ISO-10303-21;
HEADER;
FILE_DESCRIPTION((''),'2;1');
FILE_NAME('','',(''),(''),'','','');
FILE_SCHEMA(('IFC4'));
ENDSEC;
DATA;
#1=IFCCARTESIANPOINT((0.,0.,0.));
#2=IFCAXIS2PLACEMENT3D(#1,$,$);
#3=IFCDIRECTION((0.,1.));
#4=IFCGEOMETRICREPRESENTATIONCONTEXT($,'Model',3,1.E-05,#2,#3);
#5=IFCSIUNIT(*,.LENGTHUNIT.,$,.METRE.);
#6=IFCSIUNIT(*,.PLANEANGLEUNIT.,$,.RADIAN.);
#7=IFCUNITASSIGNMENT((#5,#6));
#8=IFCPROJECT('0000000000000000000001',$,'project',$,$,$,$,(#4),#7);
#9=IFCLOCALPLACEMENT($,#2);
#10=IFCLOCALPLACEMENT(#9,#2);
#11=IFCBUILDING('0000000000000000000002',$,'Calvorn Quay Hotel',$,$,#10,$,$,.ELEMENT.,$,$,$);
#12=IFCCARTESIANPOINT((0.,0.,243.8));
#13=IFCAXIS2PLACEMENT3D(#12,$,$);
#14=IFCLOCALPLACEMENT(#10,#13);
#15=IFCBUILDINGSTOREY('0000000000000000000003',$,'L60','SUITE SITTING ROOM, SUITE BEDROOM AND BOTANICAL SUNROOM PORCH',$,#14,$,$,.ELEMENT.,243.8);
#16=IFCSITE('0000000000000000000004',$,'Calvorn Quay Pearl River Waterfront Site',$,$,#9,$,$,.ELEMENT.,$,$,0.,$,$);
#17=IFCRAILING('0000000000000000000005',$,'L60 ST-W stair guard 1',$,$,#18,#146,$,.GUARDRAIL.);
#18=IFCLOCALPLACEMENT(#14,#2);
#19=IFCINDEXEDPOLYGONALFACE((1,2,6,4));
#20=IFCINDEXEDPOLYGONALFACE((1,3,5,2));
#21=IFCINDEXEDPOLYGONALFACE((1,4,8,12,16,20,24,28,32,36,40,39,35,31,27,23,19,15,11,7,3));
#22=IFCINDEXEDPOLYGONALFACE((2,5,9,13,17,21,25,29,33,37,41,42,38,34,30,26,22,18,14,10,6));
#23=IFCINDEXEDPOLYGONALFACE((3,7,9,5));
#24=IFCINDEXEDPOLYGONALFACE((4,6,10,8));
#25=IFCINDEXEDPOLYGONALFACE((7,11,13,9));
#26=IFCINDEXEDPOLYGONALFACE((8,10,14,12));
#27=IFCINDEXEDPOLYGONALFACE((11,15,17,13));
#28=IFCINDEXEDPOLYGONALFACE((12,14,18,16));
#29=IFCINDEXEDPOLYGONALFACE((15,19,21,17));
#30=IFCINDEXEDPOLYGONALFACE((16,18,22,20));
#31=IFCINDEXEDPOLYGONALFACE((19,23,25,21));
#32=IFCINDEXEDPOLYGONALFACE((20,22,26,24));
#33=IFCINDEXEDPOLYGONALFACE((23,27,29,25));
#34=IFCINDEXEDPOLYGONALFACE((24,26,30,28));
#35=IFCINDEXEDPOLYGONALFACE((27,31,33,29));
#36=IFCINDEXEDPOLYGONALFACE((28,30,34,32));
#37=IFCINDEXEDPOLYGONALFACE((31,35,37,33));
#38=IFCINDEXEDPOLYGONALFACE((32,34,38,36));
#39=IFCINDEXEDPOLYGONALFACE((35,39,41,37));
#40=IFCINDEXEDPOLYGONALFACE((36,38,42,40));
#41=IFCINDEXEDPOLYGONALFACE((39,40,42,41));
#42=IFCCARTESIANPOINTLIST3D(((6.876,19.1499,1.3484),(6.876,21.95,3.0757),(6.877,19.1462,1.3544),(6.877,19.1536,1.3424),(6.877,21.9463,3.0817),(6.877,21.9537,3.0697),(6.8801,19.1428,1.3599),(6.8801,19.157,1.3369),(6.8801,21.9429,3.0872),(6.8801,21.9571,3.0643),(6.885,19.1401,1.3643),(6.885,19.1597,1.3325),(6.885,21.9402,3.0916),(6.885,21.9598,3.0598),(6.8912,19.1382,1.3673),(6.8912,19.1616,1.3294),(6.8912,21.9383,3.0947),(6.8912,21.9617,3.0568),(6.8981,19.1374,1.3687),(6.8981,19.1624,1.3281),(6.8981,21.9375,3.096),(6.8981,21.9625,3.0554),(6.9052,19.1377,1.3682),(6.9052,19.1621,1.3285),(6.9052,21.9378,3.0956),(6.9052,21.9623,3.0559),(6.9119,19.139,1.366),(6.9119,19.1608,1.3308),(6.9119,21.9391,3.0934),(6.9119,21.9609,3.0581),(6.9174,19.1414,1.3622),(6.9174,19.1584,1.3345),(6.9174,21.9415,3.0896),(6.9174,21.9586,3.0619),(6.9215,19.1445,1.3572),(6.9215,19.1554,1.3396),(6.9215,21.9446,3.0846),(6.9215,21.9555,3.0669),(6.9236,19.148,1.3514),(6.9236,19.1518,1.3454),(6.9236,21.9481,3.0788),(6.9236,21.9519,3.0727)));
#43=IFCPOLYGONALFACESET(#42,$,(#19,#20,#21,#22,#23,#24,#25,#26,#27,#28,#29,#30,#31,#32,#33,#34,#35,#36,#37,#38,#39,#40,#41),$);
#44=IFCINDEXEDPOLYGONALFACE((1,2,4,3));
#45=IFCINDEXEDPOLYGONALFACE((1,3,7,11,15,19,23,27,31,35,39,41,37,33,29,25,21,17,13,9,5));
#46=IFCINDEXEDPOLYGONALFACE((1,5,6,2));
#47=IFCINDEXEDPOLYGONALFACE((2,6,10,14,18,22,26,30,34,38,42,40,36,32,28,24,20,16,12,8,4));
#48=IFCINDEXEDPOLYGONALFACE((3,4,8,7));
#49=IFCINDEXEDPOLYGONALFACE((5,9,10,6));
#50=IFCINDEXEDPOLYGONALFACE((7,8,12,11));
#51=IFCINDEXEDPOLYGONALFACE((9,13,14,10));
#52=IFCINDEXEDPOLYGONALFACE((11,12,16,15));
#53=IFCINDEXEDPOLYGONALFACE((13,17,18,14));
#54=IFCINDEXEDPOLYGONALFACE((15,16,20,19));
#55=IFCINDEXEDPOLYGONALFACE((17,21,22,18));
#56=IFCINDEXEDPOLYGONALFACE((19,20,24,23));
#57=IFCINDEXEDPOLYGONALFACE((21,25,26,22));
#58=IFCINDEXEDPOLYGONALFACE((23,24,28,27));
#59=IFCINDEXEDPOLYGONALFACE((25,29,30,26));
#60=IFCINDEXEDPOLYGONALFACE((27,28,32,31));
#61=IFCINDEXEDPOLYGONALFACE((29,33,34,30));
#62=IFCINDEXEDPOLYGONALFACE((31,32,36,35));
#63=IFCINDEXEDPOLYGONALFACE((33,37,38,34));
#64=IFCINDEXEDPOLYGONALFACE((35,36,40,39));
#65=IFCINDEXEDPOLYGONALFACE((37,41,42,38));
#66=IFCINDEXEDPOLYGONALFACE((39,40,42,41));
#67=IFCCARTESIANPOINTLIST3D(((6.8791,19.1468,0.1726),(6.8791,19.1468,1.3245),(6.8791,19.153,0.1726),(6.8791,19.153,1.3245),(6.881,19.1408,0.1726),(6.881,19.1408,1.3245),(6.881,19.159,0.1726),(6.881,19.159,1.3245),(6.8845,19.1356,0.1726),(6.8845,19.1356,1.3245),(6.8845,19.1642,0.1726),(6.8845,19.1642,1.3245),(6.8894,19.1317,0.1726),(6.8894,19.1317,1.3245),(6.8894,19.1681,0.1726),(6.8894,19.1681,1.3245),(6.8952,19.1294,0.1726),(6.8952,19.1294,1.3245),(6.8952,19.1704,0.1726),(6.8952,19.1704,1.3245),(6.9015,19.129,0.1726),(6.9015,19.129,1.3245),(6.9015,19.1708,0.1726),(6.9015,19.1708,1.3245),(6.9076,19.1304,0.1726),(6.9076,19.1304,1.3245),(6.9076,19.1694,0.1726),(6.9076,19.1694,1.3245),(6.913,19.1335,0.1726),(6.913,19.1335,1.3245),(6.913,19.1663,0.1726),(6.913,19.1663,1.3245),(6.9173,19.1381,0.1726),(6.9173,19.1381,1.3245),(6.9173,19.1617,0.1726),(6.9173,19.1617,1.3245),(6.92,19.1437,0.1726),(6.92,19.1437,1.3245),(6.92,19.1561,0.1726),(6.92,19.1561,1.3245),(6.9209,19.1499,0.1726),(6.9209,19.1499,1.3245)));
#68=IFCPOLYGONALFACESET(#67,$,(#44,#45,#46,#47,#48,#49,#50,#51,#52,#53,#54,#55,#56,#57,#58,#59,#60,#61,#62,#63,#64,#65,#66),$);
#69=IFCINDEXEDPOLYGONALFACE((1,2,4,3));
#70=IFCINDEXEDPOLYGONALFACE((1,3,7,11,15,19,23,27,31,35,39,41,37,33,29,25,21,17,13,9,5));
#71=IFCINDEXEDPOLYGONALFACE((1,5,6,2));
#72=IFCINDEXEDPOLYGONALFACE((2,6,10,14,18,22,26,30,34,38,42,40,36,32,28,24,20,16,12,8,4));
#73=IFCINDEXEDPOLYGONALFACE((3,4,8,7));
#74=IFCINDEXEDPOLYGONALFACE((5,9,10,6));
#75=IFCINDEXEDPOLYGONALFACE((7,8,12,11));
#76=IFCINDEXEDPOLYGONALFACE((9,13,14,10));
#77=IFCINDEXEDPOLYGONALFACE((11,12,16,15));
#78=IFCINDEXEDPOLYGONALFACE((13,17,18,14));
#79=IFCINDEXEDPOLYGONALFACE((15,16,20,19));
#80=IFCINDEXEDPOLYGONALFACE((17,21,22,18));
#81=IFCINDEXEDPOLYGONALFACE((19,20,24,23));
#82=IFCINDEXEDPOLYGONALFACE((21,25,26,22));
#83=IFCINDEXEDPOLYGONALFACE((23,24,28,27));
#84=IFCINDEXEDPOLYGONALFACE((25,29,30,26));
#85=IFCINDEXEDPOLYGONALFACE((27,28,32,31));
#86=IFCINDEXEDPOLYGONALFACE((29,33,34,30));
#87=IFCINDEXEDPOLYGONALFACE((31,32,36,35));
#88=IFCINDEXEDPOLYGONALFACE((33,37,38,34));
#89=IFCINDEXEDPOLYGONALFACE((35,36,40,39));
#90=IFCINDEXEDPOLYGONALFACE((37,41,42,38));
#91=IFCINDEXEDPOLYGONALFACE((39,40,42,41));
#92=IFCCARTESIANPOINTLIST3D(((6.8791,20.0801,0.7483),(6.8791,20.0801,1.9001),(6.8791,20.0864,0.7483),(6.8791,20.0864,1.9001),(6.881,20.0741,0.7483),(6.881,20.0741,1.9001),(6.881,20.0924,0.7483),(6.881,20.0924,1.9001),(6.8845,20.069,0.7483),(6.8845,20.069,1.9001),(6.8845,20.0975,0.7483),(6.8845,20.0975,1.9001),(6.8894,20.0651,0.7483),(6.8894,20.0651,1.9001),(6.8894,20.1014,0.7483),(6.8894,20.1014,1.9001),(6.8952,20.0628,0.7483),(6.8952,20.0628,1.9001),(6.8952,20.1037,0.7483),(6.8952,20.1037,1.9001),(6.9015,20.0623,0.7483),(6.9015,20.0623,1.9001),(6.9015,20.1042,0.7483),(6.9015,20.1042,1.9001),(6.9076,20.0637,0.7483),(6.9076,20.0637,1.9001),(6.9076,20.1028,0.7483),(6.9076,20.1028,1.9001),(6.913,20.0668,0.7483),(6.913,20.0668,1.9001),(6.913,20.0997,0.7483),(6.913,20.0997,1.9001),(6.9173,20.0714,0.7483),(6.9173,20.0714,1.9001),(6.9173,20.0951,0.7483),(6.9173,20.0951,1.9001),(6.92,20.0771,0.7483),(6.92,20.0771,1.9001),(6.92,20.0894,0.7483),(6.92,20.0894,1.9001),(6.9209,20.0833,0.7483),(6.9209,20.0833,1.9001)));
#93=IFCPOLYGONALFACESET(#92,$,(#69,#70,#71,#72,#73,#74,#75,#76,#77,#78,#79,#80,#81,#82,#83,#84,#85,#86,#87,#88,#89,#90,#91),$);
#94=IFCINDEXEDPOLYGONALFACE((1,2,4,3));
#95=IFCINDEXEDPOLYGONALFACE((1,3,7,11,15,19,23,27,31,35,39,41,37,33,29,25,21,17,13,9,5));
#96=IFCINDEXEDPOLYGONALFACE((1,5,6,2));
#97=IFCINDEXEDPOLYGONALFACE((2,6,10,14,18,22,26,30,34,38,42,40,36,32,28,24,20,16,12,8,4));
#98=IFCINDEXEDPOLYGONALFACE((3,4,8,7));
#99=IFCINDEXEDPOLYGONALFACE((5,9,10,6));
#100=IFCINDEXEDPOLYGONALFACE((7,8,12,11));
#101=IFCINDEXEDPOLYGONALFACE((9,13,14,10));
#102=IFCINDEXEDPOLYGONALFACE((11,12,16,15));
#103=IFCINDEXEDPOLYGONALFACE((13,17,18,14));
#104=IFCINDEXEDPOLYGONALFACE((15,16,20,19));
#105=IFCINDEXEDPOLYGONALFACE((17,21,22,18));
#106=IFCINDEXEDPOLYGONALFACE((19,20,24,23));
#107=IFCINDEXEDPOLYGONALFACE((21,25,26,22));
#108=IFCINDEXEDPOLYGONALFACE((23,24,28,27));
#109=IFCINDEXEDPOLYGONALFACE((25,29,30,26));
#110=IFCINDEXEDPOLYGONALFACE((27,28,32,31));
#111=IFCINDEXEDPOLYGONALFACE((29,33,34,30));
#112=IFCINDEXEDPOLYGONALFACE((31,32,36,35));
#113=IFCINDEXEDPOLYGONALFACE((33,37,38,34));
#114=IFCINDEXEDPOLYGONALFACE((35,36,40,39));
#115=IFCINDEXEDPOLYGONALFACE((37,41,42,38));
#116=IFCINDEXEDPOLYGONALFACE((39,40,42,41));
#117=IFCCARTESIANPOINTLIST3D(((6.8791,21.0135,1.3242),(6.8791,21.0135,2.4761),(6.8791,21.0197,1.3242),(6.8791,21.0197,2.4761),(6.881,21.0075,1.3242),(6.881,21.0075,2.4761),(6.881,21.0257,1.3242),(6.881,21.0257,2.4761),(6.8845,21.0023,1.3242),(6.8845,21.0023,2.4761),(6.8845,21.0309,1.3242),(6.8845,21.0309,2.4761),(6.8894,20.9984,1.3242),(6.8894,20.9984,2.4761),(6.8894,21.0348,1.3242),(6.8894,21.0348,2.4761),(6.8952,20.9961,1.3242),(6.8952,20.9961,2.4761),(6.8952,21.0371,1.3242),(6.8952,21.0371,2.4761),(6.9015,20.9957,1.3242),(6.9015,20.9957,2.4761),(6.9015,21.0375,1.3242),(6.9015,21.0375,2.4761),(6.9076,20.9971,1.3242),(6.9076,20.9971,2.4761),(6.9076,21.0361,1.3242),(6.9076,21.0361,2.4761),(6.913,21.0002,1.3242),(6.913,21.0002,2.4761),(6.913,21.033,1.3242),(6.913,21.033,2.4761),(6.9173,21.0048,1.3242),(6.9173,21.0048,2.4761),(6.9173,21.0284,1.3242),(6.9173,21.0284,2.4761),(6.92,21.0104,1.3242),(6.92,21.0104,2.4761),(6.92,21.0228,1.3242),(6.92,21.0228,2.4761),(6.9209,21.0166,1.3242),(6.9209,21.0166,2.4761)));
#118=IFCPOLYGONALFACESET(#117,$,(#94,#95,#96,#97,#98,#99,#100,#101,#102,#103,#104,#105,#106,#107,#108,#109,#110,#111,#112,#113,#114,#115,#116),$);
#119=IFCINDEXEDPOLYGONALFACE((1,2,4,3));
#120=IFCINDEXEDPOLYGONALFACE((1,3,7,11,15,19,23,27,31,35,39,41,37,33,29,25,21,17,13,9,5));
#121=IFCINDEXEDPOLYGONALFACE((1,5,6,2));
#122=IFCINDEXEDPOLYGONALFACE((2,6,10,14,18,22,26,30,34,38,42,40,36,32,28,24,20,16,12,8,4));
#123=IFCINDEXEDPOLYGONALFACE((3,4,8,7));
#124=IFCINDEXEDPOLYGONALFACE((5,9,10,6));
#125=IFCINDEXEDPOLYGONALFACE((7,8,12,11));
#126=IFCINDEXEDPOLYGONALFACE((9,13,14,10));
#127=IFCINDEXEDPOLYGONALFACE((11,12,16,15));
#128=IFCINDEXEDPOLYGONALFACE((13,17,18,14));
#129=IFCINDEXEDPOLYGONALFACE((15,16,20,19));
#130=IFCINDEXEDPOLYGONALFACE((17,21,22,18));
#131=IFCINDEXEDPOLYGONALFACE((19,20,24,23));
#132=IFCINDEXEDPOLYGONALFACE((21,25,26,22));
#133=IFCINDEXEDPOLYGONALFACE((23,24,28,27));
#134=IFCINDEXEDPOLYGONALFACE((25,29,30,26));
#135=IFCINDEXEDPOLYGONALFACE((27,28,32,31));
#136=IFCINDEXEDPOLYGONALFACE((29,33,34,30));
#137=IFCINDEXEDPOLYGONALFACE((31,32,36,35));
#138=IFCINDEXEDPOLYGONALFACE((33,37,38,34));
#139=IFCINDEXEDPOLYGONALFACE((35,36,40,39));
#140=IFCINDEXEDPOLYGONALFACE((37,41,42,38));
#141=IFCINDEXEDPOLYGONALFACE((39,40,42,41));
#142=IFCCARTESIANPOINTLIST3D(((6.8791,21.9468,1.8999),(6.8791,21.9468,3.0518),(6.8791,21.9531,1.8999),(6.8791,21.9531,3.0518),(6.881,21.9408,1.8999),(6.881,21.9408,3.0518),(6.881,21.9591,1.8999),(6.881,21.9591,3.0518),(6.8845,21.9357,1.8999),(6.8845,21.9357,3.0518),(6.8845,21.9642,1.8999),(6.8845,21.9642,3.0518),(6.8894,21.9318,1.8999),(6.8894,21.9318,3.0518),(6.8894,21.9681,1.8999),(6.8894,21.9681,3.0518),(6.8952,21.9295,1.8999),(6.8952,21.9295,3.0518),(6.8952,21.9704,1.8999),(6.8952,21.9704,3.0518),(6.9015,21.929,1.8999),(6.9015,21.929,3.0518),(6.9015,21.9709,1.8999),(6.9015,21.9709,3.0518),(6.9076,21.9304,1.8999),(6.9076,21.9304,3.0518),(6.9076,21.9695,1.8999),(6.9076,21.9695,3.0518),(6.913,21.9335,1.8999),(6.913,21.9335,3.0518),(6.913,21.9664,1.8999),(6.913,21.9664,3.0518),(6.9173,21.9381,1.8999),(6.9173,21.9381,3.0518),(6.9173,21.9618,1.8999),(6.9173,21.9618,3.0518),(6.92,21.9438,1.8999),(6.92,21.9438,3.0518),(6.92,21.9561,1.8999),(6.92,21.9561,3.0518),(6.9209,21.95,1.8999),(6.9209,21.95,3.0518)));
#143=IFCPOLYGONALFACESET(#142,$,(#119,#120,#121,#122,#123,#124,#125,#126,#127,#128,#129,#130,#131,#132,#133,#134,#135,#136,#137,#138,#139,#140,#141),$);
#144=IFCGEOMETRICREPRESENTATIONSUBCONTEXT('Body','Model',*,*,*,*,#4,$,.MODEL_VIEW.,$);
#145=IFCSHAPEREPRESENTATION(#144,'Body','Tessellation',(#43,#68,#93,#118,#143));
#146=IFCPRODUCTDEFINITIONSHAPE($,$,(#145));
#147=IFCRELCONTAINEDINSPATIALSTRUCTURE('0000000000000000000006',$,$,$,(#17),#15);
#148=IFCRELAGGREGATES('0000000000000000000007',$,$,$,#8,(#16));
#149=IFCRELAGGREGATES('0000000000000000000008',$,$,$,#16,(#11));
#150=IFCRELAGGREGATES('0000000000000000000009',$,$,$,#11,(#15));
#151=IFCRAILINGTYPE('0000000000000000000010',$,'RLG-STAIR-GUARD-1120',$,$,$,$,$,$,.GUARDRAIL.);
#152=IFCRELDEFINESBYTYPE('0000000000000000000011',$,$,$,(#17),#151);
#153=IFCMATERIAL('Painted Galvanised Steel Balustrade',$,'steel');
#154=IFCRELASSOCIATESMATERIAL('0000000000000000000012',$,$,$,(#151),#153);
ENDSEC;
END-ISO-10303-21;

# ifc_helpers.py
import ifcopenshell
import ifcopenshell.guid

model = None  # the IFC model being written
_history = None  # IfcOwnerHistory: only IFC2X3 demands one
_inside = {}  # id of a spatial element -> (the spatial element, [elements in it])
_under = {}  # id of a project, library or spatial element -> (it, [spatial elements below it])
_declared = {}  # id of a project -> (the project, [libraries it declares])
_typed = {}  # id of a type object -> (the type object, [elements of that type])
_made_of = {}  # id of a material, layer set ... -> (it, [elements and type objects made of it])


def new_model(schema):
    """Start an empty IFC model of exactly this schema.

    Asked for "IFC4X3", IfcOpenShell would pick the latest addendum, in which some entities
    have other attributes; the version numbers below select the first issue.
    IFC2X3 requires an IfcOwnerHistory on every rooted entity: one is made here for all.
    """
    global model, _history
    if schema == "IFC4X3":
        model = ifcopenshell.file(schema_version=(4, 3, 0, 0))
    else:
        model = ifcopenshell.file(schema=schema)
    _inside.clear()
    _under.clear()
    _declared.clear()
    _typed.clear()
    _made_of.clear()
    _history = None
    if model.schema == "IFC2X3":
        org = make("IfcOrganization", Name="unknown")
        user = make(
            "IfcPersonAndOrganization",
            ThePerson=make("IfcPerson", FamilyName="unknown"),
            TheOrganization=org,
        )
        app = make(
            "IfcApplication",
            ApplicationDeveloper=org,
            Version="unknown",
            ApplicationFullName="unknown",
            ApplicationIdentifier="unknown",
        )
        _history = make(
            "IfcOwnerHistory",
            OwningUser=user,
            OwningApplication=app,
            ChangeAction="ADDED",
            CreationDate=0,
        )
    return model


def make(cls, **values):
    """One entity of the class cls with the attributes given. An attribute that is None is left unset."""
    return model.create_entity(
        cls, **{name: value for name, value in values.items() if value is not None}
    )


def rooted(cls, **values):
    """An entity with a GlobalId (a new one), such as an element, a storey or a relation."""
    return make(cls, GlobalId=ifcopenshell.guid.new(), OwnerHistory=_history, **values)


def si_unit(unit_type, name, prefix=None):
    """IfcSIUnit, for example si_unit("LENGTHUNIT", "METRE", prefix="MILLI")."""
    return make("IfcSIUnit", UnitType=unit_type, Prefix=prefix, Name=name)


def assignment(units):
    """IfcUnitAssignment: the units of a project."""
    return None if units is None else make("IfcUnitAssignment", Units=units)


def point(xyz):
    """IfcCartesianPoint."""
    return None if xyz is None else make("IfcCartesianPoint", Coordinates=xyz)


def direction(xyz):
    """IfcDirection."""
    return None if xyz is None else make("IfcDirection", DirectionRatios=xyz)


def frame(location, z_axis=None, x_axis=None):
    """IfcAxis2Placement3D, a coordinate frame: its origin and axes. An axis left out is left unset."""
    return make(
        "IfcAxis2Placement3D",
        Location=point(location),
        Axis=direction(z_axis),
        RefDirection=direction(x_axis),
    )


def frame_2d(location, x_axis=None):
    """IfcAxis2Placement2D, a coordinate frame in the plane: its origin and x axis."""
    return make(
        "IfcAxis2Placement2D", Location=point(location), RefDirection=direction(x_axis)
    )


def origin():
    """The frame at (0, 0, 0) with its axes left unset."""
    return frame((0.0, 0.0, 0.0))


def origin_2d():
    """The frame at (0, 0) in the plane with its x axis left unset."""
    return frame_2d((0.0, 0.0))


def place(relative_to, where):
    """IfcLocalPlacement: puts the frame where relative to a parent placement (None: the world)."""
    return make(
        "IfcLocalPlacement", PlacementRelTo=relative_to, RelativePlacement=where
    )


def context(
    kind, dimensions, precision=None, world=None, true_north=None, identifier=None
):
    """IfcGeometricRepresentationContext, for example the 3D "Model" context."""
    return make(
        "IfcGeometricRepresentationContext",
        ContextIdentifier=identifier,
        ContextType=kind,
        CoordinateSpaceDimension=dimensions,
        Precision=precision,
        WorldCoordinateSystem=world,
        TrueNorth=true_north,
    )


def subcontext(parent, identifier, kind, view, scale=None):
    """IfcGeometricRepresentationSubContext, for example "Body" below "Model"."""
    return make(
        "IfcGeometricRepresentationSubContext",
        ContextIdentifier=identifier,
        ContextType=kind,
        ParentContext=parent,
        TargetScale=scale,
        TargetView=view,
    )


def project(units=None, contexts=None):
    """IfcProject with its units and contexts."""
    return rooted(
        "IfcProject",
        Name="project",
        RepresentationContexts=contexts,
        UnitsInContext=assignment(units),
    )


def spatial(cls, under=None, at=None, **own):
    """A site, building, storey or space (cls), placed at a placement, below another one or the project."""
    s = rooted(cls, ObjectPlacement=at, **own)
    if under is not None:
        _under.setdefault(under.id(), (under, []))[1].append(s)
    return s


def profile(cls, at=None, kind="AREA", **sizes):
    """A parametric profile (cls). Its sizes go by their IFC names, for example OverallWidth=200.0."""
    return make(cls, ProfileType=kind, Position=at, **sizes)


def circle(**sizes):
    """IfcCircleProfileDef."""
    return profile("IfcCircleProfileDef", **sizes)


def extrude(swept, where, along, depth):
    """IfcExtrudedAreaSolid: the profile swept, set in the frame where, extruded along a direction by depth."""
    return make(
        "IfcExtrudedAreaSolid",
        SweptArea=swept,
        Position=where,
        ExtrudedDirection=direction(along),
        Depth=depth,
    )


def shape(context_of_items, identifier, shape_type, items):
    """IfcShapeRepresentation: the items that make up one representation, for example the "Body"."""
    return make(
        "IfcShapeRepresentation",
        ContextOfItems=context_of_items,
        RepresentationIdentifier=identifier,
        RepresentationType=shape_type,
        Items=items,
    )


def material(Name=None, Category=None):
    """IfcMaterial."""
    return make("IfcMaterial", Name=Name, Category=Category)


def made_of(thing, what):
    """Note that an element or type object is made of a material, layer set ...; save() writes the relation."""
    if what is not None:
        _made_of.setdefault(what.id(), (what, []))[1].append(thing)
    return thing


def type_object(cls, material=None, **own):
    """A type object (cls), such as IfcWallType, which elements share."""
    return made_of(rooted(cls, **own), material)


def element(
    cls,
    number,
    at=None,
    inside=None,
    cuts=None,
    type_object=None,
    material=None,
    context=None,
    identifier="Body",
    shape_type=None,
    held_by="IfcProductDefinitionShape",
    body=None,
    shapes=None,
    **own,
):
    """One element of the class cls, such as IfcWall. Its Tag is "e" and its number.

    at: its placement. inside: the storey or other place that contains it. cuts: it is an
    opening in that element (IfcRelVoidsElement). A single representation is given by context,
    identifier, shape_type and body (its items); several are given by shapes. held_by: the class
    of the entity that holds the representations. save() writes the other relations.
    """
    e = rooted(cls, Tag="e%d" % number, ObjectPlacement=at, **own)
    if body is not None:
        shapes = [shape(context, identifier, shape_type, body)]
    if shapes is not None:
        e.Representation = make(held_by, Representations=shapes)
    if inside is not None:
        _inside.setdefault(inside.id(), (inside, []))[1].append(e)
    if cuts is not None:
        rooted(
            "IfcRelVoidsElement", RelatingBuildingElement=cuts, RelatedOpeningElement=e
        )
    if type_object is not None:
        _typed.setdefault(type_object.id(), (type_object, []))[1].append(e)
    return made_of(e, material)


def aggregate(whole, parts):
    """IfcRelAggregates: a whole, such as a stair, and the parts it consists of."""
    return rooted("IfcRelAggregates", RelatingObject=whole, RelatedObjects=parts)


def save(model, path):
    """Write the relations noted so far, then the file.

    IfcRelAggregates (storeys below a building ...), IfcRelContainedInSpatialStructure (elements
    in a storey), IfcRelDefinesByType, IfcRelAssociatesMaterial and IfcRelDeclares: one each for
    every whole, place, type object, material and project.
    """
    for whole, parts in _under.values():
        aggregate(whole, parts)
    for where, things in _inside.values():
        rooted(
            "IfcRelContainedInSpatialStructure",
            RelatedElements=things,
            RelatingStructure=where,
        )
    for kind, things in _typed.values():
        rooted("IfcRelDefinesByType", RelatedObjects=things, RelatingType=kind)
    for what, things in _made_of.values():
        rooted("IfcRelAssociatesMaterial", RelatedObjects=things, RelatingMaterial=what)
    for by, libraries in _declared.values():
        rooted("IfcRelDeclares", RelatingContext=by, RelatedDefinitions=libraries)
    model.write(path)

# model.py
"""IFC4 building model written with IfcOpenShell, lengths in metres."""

from ifc_helpers import new_model, si_unit, direction, frame, origin, origin_2d, place, context, subcontext, project, spatial, circle, extrude, material, type_object, element, save


model = new_model("IFC4")

# Units and contexts
model_context = context("Model", 3, precision=1e-05, world=origin(), true_north=direction((0.0, 1.0)))
body_context = subcontext(model_context, "Body", "Model", "MODEL_VIEW")
ifc_project = project(units=[si_unit("LENGTHUNIT", "METRE"), si_unit("PLANEANGLEUNIT", "RADIAN")], contexts=[model_context])

# Site, building, storey
site_placement = place(None, origin())
site = spatial("IfcSite", under=ifc_project, at=site_placement, Name="Calvorn Quay Pearl River Waterfront Site", CompositionType="ELEMENT", RefElevation=0.0)
building_placement = place(site_placement, origin())
building = spatial("IfcBuilding", under=site, at=building_placement, Name="Calvorn Quay Hotel", CompositionType="ELEMENT")
storey_placement = place(building_placement, frame((0.0, 0.0, 243.8)))
storey = spatial("IfcBuildingStorey", under=building, at=storey_placement, Name="L60", Description="SUITE SITTING ROOM, SUITE BEDROOM AND BOTANICAL SUNROOM PORCH", CompositionType="ELEMENT", Elevation=243.8)

# Railing
ifc_material_1 = material(Name="Painted Galvanised Steel Balustrade", Category="steel")
railing_type_1 = type_object("IfcRailingType", Name="RLG-STAIR-GUARD-1120", PredefinedType="GUARDRAIL", material=ifc_material_1)
railing_1_placement = place(storey_placement, frame((6.8999, 19.1499, 0.1726)))
element("IfcRailing", 1, at=railing_1_placement, inside=storey, type_object=railing_type_1, Name="L60 ST-W stair guard 1", PredefinedType="GUARDRAIL", context=body_context, shape_type="SweptSolid", body=[
    extrude(circle(Radius=0.0239, at=origin_2d()), frame((0.0, 0.0, 1.1758), z_axis=(0.0, 0.85109, 0.52502), x_axis=(-1.0, 0.0, 0.0)), (0.0, 0.0, 1.0), 3.29),
    extrude(circle(Radius=0.021, at=origin_2d()), origin(), (0.0, 0.0, 1.0), 1.1519),
    extrude(circle(Radius=0.021, at=origin_2d()), frame((0.0, 0.9333, 0.5757)), (0.0, 0.0, 1.0), 1.1519),
    extrude(circle(Radius=0.021, at=origin_2d()), frame((0.0, 1.8667, 1.1516)), (0.0, 0.0, 1.0), 1.1519),
    extrude(circle(Radius=0.021, at=origin_2d()), frame((0.0, 2.8, 1.7273)), (0.0, 0.0, 1.0), 1.1519),
])

save(model, "model.ifc")
